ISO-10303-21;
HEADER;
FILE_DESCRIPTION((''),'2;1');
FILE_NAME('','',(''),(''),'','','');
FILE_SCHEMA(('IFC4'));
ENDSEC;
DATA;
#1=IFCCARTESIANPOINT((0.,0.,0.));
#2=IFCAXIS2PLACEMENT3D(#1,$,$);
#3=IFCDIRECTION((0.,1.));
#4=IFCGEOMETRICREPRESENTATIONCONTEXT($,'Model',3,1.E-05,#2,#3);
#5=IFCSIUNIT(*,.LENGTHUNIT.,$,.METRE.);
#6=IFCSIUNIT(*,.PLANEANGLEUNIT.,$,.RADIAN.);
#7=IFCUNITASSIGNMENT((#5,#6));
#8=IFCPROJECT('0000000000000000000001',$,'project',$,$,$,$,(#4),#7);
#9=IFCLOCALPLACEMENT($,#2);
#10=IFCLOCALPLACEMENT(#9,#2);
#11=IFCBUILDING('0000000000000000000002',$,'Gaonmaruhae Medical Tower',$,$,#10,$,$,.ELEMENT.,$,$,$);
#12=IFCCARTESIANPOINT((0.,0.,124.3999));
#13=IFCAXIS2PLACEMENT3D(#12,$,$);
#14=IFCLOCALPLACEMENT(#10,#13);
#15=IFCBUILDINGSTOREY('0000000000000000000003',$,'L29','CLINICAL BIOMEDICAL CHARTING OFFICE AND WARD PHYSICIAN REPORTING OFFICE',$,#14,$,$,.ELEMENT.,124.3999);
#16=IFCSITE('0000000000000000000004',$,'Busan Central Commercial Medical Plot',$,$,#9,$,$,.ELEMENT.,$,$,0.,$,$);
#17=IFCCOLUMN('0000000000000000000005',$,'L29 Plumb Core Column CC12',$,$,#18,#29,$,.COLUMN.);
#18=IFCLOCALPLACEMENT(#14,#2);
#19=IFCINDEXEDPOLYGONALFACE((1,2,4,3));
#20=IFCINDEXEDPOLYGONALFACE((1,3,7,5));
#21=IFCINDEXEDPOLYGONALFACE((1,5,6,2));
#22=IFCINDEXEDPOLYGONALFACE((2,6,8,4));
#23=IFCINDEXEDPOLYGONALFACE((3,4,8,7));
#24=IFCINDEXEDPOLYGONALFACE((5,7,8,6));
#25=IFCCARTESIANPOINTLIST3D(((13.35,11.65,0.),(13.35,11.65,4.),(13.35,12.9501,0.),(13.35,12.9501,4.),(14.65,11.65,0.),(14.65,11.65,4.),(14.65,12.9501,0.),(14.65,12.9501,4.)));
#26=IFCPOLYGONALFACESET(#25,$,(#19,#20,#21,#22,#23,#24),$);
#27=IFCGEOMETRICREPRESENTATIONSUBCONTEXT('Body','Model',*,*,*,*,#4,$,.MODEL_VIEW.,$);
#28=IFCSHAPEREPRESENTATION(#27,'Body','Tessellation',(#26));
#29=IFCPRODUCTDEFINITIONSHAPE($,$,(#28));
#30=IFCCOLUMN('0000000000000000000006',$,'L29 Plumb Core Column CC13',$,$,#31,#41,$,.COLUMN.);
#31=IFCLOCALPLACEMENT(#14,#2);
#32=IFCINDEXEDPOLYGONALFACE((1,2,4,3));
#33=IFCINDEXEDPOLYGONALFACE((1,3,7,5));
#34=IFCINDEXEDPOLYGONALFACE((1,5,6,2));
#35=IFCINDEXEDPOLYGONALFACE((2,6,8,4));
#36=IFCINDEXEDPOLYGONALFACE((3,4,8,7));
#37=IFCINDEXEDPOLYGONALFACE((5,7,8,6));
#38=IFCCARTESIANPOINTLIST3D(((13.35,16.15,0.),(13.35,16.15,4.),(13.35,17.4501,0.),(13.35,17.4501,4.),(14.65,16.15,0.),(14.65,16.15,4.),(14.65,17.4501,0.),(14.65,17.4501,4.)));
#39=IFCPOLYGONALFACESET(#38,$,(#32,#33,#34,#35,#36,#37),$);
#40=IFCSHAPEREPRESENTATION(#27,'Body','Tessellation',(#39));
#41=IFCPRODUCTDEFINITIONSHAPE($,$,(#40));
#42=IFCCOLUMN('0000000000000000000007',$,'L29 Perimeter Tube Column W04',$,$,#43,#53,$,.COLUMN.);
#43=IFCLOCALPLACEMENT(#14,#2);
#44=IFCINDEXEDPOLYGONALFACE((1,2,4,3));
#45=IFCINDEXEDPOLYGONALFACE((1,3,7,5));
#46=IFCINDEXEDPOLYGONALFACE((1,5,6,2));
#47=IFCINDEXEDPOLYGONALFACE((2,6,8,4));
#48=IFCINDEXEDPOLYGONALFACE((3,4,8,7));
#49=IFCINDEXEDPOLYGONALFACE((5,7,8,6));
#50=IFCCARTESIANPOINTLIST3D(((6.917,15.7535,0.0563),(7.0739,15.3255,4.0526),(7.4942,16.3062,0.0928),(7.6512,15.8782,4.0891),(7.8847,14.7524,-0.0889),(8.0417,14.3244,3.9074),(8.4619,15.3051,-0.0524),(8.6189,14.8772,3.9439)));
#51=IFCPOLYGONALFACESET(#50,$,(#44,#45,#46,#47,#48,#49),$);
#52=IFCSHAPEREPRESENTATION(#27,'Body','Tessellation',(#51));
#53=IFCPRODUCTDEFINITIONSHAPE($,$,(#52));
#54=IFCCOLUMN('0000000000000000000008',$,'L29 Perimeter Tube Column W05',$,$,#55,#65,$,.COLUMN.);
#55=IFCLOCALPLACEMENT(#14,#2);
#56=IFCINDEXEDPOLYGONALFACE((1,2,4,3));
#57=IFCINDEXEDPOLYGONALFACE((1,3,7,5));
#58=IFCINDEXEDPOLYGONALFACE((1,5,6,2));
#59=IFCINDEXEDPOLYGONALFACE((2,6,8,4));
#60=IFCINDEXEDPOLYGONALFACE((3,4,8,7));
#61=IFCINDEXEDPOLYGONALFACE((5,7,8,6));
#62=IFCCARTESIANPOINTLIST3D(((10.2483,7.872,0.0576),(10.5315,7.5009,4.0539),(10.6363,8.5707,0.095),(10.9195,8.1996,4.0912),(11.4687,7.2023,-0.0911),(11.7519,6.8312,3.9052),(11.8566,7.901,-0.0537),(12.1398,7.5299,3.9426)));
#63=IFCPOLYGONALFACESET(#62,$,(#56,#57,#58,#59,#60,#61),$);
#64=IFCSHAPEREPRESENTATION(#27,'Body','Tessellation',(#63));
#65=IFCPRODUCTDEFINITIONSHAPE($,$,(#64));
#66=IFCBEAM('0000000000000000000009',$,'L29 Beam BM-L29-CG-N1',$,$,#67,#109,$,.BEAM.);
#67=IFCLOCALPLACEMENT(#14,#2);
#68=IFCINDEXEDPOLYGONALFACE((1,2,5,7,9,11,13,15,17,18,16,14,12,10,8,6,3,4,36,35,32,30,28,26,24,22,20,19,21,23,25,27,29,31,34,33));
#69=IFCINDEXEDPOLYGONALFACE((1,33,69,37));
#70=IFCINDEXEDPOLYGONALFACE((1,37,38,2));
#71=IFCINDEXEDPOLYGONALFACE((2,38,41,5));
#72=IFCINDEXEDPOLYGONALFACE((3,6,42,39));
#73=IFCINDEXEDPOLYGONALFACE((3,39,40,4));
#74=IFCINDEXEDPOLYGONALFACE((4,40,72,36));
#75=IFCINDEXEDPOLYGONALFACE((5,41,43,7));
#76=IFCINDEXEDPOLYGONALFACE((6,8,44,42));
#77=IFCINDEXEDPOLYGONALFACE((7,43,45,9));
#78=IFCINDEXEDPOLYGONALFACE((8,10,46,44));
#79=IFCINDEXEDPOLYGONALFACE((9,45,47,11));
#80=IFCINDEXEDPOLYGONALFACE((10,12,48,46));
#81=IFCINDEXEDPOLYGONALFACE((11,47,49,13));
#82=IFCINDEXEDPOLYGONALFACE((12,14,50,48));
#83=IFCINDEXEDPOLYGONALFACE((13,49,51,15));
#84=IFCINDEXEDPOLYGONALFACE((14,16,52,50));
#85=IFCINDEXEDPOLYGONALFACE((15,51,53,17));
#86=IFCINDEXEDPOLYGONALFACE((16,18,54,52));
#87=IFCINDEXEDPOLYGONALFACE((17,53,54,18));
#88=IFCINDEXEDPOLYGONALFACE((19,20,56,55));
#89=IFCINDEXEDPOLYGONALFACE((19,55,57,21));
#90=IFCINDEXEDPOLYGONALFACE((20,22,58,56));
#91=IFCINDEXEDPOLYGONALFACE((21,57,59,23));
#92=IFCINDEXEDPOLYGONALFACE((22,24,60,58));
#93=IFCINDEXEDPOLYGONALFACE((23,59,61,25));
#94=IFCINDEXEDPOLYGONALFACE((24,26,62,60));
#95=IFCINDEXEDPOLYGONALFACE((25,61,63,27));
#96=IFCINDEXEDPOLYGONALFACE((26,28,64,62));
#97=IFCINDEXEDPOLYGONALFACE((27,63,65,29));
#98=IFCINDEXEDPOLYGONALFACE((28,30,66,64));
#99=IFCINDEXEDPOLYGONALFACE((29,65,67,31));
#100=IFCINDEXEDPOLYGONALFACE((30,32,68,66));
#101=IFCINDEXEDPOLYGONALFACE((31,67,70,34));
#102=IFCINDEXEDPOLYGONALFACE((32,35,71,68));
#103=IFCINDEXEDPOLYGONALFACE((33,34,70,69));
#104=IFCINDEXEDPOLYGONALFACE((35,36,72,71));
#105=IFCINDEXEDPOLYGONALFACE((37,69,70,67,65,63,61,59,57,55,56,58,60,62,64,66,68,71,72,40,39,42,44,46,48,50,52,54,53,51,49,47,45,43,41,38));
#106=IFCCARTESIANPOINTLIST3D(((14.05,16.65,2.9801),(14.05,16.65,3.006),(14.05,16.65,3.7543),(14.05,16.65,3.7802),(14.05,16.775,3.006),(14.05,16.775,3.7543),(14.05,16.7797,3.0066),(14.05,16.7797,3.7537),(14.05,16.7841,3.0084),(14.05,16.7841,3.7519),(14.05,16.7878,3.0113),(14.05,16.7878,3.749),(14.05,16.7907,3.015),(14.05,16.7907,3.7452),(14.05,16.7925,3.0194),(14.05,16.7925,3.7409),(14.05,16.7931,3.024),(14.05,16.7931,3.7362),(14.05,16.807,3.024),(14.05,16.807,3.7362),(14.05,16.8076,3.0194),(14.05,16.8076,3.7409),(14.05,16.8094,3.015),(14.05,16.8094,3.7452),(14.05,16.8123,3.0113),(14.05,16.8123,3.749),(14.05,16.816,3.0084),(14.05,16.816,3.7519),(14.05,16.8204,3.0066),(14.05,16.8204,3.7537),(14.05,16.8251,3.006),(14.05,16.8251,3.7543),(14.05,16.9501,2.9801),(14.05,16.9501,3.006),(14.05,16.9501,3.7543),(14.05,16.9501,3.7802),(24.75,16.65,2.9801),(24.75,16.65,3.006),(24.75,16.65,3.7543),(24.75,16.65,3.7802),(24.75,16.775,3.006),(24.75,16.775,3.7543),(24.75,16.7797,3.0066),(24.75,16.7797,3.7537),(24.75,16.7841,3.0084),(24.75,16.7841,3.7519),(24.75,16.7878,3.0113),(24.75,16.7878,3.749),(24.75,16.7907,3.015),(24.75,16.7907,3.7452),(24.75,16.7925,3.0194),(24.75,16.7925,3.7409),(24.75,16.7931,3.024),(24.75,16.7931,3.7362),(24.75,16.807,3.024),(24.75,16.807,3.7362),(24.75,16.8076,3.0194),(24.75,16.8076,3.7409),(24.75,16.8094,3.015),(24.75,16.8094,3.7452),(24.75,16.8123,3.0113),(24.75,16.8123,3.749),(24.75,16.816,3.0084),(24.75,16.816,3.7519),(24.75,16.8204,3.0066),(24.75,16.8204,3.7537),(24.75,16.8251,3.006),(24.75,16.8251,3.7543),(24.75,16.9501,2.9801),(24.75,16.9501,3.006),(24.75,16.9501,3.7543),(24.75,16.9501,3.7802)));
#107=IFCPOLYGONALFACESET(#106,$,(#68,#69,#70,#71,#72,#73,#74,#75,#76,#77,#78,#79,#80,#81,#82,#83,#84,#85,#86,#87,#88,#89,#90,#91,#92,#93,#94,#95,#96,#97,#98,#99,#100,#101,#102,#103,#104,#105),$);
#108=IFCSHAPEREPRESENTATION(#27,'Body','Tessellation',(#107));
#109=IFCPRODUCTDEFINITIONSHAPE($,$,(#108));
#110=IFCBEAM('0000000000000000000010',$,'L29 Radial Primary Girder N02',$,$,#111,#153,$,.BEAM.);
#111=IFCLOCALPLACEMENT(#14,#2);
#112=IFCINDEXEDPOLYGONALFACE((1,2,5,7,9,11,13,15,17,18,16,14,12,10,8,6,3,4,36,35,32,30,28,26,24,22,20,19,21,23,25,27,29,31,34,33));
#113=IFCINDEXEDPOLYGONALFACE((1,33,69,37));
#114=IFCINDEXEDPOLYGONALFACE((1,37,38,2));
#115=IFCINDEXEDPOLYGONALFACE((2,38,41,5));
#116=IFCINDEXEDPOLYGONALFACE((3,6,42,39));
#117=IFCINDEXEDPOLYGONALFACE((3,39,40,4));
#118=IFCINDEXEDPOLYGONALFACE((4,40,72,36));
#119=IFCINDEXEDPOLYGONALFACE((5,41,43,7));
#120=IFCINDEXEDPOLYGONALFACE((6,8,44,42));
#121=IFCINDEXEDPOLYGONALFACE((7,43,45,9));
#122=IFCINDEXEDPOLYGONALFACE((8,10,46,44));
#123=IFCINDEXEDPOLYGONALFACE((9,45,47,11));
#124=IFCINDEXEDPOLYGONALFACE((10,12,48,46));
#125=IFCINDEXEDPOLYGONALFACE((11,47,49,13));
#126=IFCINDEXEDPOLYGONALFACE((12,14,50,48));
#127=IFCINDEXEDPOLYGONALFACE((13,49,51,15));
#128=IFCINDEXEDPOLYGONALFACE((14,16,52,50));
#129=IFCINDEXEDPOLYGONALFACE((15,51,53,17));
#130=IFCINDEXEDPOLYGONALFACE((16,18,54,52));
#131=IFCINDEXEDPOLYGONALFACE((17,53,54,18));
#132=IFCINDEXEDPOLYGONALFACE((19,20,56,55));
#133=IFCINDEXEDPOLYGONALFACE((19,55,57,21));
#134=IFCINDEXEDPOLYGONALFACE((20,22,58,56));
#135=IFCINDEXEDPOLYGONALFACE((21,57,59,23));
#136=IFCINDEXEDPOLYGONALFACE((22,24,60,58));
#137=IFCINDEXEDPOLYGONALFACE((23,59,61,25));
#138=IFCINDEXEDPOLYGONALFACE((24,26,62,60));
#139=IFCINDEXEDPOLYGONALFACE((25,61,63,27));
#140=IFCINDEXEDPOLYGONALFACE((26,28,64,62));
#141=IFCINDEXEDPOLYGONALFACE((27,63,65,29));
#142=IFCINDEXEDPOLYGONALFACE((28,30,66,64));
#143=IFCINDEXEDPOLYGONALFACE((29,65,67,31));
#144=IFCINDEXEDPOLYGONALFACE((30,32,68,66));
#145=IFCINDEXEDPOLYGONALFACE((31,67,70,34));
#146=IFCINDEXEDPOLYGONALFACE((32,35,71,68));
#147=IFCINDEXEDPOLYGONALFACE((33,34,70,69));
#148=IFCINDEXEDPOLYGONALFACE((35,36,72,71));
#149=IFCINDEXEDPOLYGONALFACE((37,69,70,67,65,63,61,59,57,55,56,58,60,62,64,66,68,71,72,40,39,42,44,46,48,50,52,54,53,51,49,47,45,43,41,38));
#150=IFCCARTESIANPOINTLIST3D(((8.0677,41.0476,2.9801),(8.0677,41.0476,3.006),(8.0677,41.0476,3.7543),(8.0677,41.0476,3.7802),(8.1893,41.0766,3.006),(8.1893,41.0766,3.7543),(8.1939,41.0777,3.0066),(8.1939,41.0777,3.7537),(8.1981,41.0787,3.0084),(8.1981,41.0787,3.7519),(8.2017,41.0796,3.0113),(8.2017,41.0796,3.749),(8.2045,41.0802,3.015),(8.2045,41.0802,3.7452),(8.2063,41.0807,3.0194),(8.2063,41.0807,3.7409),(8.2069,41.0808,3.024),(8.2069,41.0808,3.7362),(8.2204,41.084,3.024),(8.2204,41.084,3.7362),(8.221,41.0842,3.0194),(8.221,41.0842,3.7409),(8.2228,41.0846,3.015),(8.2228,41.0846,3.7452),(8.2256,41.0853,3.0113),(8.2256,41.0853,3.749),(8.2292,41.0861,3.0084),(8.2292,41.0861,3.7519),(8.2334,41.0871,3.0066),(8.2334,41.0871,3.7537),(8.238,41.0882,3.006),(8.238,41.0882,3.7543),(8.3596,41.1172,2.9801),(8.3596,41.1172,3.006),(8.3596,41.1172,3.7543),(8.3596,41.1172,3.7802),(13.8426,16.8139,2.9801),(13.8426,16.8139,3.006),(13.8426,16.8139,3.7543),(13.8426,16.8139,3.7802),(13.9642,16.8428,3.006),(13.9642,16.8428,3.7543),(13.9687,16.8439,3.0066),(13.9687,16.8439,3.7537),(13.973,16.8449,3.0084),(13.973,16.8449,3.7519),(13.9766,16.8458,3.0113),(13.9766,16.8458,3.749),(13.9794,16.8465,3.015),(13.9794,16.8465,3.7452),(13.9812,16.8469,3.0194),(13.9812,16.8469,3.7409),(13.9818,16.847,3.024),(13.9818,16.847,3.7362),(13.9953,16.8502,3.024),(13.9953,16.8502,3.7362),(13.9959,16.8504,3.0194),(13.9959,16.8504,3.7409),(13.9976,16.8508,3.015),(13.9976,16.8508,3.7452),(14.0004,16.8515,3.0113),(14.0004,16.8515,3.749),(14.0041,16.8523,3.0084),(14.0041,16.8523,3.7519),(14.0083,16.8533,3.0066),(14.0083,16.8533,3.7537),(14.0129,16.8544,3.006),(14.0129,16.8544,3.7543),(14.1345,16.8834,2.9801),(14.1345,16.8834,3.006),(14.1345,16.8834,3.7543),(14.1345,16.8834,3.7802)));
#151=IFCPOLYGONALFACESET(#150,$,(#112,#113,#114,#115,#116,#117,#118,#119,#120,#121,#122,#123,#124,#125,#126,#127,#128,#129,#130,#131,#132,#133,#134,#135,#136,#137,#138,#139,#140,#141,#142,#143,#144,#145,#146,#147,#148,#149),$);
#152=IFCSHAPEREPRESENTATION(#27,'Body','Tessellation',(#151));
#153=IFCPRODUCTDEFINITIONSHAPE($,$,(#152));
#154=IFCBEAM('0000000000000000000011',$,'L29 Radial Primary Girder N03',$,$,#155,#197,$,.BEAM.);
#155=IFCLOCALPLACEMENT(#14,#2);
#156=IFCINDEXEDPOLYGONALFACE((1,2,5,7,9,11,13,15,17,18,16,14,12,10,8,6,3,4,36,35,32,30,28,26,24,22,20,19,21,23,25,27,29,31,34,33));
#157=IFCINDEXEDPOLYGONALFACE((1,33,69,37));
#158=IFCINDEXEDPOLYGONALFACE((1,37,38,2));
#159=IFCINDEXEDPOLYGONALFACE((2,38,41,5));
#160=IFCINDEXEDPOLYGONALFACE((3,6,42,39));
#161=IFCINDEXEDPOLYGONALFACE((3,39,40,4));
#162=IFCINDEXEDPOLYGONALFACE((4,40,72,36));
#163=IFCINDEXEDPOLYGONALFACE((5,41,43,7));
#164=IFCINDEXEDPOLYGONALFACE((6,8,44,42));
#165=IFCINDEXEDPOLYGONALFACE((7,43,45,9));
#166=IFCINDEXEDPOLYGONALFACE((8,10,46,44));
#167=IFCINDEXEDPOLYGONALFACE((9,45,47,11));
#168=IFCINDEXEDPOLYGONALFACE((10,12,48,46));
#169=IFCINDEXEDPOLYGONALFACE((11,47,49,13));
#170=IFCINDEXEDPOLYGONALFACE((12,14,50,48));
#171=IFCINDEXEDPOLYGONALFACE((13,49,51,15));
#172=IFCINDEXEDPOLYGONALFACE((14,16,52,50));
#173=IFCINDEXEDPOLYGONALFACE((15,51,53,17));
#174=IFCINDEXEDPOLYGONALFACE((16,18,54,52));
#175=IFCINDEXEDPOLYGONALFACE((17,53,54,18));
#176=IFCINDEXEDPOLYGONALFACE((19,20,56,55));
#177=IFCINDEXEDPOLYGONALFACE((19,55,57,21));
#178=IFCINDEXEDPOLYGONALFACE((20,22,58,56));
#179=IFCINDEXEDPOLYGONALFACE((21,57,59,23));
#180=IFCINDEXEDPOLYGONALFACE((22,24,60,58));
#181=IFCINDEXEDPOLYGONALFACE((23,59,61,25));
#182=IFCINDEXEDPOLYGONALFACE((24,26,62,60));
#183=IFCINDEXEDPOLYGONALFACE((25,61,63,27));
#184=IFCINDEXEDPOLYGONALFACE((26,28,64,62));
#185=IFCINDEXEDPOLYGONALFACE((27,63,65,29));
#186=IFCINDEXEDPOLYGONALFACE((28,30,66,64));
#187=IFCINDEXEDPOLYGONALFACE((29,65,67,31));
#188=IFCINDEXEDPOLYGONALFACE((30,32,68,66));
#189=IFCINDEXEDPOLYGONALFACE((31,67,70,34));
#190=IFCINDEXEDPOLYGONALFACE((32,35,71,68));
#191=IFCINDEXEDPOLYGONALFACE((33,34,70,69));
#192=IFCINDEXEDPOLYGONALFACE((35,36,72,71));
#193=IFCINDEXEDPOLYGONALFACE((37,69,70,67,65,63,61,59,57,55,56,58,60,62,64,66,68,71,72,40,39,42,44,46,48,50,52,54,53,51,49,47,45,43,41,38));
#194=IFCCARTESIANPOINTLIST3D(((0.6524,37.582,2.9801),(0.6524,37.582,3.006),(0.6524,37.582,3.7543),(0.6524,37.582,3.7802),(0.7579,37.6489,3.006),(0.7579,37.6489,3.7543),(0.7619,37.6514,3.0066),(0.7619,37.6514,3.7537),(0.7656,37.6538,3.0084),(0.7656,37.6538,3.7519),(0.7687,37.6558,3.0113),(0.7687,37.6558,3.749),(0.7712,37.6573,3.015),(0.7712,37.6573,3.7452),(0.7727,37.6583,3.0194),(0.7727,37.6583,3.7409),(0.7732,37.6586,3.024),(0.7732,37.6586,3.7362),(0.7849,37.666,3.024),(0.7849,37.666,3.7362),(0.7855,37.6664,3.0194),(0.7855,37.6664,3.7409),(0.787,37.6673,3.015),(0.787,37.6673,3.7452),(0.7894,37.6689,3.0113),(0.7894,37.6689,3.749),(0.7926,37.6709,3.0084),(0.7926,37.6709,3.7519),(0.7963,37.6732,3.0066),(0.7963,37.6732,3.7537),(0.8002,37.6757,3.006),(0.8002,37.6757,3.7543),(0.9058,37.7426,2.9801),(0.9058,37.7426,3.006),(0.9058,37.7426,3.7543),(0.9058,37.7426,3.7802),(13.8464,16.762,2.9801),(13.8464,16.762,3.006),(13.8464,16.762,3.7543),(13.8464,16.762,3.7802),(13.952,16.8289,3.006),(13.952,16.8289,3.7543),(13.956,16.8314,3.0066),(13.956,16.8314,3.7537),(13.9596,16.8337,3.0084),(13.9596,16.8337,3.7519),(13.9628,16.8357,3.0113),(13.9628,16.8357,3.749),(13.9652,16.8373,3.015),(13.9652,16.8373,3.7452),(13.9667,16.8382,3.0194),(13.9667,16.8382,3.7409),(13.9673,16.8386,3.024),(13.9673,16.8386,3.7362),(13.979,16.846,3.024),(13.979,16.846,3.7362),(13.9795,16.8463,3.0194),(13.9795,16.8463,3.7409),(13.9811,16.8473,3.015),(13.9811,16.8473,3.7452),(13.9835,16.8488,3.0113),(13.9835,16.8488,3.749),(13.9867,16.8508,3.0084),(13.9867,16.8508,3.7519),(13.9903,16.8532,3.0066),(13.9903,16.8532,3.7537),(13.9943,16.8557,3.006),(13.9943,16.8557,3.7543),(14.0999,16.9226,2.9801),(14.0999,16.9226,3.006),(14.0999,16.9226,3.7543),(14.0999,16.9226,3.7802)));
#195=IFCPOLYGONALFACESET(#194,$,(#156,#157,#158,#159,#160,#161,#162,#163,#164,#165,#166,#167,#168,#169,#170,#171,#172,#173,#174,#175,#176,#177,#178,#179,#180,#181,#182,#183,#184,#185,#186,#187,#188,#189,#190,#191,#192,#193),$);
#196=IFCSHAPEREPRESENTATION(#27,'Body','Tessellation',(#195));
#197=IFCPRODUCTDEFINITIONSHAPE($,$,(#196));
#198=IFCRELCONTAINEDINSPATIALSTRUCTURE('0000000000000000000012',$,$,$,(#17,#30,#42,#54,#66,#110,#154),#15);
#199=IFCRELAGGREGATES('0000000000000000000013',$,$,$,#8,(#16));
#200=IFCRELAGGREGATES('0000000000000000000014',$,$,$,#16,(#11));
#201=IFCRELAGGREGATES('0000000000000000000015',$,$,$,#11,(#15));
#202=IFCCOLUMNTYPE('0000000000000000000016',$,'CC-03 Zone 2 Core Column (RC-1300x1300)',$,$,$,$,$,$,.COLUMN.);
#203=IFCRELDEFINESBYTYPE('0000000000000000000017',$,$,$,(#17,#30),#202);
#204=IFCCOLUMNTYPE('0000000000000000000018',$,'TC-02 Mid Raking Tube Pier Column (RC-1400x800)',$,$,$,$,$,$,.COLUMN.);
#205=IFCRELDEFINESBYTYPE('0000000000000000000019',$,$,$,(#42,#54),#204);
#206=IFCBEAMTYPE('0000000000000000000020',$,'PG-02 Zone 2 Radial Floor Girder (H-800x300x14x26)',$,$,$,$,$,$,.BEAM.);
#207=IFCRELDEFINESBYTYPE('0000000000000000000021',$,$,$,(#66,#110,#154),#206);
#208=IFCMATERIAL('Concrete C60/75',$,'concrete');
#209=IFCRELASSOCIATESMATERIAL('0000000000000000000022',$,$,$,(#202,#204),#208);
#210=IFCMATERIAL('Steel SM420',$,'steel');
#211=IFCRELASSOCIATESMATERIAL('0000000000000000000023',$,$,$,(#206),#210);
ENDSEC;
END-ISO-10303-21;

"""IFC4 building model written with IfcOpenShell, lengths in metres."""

from ifc_helpers import new_model, si_unit, direction, frame, origin, origin_2d, place, context, subcontext, project, spatial, rectangle, i_section, extrude, material, material_profile, profile_set, type_object, element, save


model = new_model("IFC4")

# Units and contexts
model_context = context("Model", 3, precision=1e-05, world=origin(), true_north=direction((0.0, 1.0)))
body_context = subcontext(model_context, "Body", "Model", "MODEL_VIEW")
ifc_project = project(units=[si_unit("LENGTHUNIT", "METRE"), si_unit("PLANEANGLEUNIT", "RADIAN")], contexts=[model_context])

# Site, building, storey
site_placement = place(None, origin())
site = spatial("IfcSite", under=ifc_project, at=site_placement, Name="Busan Central Commercial Medical Plot", CompositionType="ELEMENT", RefElevation=0.0)
building_placement = place(site_placement, origin())
building = spatial("IfcBuilding", under=site, at=building_placement, Name="Gaonmaruhae Medical Tower", CompositionType="ELEMENT")
storey_placement = place(building_placement, frame((0.0, 0.0, 124.3999)))
storey = spatial("IfcBuildingStorey", under=building, at=storey_placement, Name="L29", Description="CLINICAL BIOMEDICAL CHARTING OFFICE AND WARD PHYSICIAN REPORTING OFFICE", CompositionType="ELEMENT", Elevation=124.3999)

# Columns
ifc_material_1 = material(Name="Concrete C60/75", Category="concrete")
ifc_material_profile_1 = material_profile(ifc_material_1, rectangle(XDim=1.3, YDim=1.3, at=origin_2d()), Name="RC-1300x1300")
ifc_profile_set_1 = profile_set([ifc_material_profile_1], Name="Concrete C60/75")
column_type_1 = type_object("IfcColumnType", Name="CC-03 Zone 2 Core Column (RC-1300x1300)", PredefinedType="COLUMN", material=ifc_profile_set_1)
for number, where, z_axis, x_axis, name in (
    (1, (14.0, 12.3, 0.0), (0.0, 0.0, 1.0), (1.0, 0.0, 0.0), "L29 Plumb Core Column CC12"),
    (2, (14.0, 16.8, 0.0), (0.0, 0.0, 1.0), (1.0, 0.0, 0.0), "L29 Plumb Core Column CC13"),
):
    element("IfcColumn", number, at=place(storey_placement, frame(where, z_axis=z_axis, x_axis=x_axis)), inside=storey, type_object=column_type_1, Name=name, PredefinedType="COLUMN", context=body_context, shape_type="SweptSolid", body=[
        extrude(rectangle(XDim=1.3, YDim=1.3, at=origin_2d()), origin(), (0.0, 0.0, 1.0), 4.0),
    ])
ifc_material_profile_2 = material_profile(ifc_material_1, rectangle(XDim=1.3999, YDim=0.8, at=origin_2d()), Name="RC-1400x800")
ifc_profile_set_2 = profile_set([ifc_material_profile_2], Name="Concrete C60/75")
column_type_2 = type_object("IfcColumnType", Name="TC-02 Mid Raking Tube Pier Column (RC-1400x800)", PredefinedType="COLUMN", material=ifc_profile_set_2)
column_1_placement = place(storey_placement, frame((7.6895, 15.5293, 0.002), z_axis=(0.039028, -0.106403, 0.993557), x_axis=(-0.691283, 0.715099, 0.103737)))
element("IfcColumn", 3, at=column_1_placement, inside=storey, type_object=column_type_2, Name="L29 Perimeter Tube Column W04", PredefinedType="COLUMN", context=body_context, shape_type="SweptSolid", body=[
    extrude(rectangle(XDim=1.3999, YDim=0.8, at=origin_2d()), origin(), (0.0, 0.0, 1.0), 4.0222),
])
column_2_placement = place(storey_placement, frame((11.0525, 7.8865, 0.002), z_axis=(0.070387, -0.092231, 0.993247), x_axis=(-0.871709, 0.478378, 0.106196)))
element("IfcColumn", 4, at=column_2_placement, inside=storey, type_object=column_type_2, Name="L29 Perimeter Tube Column W05", PredefinedType="COLUMN", context=body_context, shape_type="SweptSolid", body=[
    extrude(rectangle(XDim=1.3999, YDim=0.8, at=origin_2d()), origin(), (0.0, 0.0, 1.0), 4.0234),
])

# Beams
ifc_material_2 = material(Name="Steel SM420", Category="steel")
ifc_material_profile_3 = material_profile(ifc_material_2, i_section(OverallWidth=0.3, OverallDepth=0.8, WebThickness=0.0139, FlangeThickness=0.0259, FilletRadius=0.0181, at=origin_2d()), Name="H-800x300x14x26")
ifc_profile_set_3 = profile_set([ifc_material_profile_3], Name="Steel SM420")
beam_type_1 = type_object("IfcBeamType", Name="PG-02 Zone 2 Radial Floor Girder (H-800x300x14x26)", PredefinedType="BEAM", material=ifc_profile_set_3)
beam_1_placement = place(storey_placement, frame((14.05, 16.8, 3.3801), z_axis=(1.0, 0.0, 0.0), x_axis=(0.0, 1.0, 0.0)))
element("IfcBeam", 5, at=beam_1_placement, inside=storey, type_object=beam_type_1, Name="L29 Beam BM-L29-CG-N1", PredefinedType="BEAM", context=body_context, shape_type="SweptSolid", body=[
    extrude(i_section(OverallWidth=0.3, OverallDepth=0.8, WebThickness=0.0139, FlangeThickness=0.0259, FilletRadius=0.0181, at=origin_2d()), origin(), (0.0, 0.0, 1.0), 10.7),
])
beam_2_placement = place(storey_placement, frame((13.9885, 16.8486, 3.3801), z_axis=(-0.231808, 0.972762, 0.0), x_axis=(-0.972762, -0.231808, 0.0)))
element("IfcBeam", 6, at=beam_2_placement, inside=storey, type_object=beam_type_1, Name="L29 Radial Primary Girder N02", PredefinedType="BEAM", context=body_context, shape_type="SweptSolid", body=[
    extrude(i_section(OverallWidth=0.3, OverallDepth=0.8, WebThickness=0.0139, FlangeThickness=0.0259, FilletRadius=0.0181, at=origin_2d()), origin(), (0.0, 0.0, 1.0), 24.9124),
])
beam_3_placement = place(storey_placement, frame((13.9731, 16.8423, 3.3801), z_axis=(-0.535285, 0.844671, 0.0), x_axis=(-0.844671, -0.535285, 0.0)))
element("IfcBeam", 7, at=beam_3_placement, inside=storey, type_object=beam_type_1, Name="L29 Radial Primary Girder N03", PredefinedType="BEAM", context=body_context, shape_type="SweptSolid", body=[
    extrude(i_section(OverallWidth=0.3, OverallDepth=0.8, WebThickness=0.0139, FlangeThickness=0.0259, FilletRadius=0.0181, at=origin_2d()), origin(), (0.0, 0.0, 1.0), 24.6487),
])

save(model, "model.ifc")
